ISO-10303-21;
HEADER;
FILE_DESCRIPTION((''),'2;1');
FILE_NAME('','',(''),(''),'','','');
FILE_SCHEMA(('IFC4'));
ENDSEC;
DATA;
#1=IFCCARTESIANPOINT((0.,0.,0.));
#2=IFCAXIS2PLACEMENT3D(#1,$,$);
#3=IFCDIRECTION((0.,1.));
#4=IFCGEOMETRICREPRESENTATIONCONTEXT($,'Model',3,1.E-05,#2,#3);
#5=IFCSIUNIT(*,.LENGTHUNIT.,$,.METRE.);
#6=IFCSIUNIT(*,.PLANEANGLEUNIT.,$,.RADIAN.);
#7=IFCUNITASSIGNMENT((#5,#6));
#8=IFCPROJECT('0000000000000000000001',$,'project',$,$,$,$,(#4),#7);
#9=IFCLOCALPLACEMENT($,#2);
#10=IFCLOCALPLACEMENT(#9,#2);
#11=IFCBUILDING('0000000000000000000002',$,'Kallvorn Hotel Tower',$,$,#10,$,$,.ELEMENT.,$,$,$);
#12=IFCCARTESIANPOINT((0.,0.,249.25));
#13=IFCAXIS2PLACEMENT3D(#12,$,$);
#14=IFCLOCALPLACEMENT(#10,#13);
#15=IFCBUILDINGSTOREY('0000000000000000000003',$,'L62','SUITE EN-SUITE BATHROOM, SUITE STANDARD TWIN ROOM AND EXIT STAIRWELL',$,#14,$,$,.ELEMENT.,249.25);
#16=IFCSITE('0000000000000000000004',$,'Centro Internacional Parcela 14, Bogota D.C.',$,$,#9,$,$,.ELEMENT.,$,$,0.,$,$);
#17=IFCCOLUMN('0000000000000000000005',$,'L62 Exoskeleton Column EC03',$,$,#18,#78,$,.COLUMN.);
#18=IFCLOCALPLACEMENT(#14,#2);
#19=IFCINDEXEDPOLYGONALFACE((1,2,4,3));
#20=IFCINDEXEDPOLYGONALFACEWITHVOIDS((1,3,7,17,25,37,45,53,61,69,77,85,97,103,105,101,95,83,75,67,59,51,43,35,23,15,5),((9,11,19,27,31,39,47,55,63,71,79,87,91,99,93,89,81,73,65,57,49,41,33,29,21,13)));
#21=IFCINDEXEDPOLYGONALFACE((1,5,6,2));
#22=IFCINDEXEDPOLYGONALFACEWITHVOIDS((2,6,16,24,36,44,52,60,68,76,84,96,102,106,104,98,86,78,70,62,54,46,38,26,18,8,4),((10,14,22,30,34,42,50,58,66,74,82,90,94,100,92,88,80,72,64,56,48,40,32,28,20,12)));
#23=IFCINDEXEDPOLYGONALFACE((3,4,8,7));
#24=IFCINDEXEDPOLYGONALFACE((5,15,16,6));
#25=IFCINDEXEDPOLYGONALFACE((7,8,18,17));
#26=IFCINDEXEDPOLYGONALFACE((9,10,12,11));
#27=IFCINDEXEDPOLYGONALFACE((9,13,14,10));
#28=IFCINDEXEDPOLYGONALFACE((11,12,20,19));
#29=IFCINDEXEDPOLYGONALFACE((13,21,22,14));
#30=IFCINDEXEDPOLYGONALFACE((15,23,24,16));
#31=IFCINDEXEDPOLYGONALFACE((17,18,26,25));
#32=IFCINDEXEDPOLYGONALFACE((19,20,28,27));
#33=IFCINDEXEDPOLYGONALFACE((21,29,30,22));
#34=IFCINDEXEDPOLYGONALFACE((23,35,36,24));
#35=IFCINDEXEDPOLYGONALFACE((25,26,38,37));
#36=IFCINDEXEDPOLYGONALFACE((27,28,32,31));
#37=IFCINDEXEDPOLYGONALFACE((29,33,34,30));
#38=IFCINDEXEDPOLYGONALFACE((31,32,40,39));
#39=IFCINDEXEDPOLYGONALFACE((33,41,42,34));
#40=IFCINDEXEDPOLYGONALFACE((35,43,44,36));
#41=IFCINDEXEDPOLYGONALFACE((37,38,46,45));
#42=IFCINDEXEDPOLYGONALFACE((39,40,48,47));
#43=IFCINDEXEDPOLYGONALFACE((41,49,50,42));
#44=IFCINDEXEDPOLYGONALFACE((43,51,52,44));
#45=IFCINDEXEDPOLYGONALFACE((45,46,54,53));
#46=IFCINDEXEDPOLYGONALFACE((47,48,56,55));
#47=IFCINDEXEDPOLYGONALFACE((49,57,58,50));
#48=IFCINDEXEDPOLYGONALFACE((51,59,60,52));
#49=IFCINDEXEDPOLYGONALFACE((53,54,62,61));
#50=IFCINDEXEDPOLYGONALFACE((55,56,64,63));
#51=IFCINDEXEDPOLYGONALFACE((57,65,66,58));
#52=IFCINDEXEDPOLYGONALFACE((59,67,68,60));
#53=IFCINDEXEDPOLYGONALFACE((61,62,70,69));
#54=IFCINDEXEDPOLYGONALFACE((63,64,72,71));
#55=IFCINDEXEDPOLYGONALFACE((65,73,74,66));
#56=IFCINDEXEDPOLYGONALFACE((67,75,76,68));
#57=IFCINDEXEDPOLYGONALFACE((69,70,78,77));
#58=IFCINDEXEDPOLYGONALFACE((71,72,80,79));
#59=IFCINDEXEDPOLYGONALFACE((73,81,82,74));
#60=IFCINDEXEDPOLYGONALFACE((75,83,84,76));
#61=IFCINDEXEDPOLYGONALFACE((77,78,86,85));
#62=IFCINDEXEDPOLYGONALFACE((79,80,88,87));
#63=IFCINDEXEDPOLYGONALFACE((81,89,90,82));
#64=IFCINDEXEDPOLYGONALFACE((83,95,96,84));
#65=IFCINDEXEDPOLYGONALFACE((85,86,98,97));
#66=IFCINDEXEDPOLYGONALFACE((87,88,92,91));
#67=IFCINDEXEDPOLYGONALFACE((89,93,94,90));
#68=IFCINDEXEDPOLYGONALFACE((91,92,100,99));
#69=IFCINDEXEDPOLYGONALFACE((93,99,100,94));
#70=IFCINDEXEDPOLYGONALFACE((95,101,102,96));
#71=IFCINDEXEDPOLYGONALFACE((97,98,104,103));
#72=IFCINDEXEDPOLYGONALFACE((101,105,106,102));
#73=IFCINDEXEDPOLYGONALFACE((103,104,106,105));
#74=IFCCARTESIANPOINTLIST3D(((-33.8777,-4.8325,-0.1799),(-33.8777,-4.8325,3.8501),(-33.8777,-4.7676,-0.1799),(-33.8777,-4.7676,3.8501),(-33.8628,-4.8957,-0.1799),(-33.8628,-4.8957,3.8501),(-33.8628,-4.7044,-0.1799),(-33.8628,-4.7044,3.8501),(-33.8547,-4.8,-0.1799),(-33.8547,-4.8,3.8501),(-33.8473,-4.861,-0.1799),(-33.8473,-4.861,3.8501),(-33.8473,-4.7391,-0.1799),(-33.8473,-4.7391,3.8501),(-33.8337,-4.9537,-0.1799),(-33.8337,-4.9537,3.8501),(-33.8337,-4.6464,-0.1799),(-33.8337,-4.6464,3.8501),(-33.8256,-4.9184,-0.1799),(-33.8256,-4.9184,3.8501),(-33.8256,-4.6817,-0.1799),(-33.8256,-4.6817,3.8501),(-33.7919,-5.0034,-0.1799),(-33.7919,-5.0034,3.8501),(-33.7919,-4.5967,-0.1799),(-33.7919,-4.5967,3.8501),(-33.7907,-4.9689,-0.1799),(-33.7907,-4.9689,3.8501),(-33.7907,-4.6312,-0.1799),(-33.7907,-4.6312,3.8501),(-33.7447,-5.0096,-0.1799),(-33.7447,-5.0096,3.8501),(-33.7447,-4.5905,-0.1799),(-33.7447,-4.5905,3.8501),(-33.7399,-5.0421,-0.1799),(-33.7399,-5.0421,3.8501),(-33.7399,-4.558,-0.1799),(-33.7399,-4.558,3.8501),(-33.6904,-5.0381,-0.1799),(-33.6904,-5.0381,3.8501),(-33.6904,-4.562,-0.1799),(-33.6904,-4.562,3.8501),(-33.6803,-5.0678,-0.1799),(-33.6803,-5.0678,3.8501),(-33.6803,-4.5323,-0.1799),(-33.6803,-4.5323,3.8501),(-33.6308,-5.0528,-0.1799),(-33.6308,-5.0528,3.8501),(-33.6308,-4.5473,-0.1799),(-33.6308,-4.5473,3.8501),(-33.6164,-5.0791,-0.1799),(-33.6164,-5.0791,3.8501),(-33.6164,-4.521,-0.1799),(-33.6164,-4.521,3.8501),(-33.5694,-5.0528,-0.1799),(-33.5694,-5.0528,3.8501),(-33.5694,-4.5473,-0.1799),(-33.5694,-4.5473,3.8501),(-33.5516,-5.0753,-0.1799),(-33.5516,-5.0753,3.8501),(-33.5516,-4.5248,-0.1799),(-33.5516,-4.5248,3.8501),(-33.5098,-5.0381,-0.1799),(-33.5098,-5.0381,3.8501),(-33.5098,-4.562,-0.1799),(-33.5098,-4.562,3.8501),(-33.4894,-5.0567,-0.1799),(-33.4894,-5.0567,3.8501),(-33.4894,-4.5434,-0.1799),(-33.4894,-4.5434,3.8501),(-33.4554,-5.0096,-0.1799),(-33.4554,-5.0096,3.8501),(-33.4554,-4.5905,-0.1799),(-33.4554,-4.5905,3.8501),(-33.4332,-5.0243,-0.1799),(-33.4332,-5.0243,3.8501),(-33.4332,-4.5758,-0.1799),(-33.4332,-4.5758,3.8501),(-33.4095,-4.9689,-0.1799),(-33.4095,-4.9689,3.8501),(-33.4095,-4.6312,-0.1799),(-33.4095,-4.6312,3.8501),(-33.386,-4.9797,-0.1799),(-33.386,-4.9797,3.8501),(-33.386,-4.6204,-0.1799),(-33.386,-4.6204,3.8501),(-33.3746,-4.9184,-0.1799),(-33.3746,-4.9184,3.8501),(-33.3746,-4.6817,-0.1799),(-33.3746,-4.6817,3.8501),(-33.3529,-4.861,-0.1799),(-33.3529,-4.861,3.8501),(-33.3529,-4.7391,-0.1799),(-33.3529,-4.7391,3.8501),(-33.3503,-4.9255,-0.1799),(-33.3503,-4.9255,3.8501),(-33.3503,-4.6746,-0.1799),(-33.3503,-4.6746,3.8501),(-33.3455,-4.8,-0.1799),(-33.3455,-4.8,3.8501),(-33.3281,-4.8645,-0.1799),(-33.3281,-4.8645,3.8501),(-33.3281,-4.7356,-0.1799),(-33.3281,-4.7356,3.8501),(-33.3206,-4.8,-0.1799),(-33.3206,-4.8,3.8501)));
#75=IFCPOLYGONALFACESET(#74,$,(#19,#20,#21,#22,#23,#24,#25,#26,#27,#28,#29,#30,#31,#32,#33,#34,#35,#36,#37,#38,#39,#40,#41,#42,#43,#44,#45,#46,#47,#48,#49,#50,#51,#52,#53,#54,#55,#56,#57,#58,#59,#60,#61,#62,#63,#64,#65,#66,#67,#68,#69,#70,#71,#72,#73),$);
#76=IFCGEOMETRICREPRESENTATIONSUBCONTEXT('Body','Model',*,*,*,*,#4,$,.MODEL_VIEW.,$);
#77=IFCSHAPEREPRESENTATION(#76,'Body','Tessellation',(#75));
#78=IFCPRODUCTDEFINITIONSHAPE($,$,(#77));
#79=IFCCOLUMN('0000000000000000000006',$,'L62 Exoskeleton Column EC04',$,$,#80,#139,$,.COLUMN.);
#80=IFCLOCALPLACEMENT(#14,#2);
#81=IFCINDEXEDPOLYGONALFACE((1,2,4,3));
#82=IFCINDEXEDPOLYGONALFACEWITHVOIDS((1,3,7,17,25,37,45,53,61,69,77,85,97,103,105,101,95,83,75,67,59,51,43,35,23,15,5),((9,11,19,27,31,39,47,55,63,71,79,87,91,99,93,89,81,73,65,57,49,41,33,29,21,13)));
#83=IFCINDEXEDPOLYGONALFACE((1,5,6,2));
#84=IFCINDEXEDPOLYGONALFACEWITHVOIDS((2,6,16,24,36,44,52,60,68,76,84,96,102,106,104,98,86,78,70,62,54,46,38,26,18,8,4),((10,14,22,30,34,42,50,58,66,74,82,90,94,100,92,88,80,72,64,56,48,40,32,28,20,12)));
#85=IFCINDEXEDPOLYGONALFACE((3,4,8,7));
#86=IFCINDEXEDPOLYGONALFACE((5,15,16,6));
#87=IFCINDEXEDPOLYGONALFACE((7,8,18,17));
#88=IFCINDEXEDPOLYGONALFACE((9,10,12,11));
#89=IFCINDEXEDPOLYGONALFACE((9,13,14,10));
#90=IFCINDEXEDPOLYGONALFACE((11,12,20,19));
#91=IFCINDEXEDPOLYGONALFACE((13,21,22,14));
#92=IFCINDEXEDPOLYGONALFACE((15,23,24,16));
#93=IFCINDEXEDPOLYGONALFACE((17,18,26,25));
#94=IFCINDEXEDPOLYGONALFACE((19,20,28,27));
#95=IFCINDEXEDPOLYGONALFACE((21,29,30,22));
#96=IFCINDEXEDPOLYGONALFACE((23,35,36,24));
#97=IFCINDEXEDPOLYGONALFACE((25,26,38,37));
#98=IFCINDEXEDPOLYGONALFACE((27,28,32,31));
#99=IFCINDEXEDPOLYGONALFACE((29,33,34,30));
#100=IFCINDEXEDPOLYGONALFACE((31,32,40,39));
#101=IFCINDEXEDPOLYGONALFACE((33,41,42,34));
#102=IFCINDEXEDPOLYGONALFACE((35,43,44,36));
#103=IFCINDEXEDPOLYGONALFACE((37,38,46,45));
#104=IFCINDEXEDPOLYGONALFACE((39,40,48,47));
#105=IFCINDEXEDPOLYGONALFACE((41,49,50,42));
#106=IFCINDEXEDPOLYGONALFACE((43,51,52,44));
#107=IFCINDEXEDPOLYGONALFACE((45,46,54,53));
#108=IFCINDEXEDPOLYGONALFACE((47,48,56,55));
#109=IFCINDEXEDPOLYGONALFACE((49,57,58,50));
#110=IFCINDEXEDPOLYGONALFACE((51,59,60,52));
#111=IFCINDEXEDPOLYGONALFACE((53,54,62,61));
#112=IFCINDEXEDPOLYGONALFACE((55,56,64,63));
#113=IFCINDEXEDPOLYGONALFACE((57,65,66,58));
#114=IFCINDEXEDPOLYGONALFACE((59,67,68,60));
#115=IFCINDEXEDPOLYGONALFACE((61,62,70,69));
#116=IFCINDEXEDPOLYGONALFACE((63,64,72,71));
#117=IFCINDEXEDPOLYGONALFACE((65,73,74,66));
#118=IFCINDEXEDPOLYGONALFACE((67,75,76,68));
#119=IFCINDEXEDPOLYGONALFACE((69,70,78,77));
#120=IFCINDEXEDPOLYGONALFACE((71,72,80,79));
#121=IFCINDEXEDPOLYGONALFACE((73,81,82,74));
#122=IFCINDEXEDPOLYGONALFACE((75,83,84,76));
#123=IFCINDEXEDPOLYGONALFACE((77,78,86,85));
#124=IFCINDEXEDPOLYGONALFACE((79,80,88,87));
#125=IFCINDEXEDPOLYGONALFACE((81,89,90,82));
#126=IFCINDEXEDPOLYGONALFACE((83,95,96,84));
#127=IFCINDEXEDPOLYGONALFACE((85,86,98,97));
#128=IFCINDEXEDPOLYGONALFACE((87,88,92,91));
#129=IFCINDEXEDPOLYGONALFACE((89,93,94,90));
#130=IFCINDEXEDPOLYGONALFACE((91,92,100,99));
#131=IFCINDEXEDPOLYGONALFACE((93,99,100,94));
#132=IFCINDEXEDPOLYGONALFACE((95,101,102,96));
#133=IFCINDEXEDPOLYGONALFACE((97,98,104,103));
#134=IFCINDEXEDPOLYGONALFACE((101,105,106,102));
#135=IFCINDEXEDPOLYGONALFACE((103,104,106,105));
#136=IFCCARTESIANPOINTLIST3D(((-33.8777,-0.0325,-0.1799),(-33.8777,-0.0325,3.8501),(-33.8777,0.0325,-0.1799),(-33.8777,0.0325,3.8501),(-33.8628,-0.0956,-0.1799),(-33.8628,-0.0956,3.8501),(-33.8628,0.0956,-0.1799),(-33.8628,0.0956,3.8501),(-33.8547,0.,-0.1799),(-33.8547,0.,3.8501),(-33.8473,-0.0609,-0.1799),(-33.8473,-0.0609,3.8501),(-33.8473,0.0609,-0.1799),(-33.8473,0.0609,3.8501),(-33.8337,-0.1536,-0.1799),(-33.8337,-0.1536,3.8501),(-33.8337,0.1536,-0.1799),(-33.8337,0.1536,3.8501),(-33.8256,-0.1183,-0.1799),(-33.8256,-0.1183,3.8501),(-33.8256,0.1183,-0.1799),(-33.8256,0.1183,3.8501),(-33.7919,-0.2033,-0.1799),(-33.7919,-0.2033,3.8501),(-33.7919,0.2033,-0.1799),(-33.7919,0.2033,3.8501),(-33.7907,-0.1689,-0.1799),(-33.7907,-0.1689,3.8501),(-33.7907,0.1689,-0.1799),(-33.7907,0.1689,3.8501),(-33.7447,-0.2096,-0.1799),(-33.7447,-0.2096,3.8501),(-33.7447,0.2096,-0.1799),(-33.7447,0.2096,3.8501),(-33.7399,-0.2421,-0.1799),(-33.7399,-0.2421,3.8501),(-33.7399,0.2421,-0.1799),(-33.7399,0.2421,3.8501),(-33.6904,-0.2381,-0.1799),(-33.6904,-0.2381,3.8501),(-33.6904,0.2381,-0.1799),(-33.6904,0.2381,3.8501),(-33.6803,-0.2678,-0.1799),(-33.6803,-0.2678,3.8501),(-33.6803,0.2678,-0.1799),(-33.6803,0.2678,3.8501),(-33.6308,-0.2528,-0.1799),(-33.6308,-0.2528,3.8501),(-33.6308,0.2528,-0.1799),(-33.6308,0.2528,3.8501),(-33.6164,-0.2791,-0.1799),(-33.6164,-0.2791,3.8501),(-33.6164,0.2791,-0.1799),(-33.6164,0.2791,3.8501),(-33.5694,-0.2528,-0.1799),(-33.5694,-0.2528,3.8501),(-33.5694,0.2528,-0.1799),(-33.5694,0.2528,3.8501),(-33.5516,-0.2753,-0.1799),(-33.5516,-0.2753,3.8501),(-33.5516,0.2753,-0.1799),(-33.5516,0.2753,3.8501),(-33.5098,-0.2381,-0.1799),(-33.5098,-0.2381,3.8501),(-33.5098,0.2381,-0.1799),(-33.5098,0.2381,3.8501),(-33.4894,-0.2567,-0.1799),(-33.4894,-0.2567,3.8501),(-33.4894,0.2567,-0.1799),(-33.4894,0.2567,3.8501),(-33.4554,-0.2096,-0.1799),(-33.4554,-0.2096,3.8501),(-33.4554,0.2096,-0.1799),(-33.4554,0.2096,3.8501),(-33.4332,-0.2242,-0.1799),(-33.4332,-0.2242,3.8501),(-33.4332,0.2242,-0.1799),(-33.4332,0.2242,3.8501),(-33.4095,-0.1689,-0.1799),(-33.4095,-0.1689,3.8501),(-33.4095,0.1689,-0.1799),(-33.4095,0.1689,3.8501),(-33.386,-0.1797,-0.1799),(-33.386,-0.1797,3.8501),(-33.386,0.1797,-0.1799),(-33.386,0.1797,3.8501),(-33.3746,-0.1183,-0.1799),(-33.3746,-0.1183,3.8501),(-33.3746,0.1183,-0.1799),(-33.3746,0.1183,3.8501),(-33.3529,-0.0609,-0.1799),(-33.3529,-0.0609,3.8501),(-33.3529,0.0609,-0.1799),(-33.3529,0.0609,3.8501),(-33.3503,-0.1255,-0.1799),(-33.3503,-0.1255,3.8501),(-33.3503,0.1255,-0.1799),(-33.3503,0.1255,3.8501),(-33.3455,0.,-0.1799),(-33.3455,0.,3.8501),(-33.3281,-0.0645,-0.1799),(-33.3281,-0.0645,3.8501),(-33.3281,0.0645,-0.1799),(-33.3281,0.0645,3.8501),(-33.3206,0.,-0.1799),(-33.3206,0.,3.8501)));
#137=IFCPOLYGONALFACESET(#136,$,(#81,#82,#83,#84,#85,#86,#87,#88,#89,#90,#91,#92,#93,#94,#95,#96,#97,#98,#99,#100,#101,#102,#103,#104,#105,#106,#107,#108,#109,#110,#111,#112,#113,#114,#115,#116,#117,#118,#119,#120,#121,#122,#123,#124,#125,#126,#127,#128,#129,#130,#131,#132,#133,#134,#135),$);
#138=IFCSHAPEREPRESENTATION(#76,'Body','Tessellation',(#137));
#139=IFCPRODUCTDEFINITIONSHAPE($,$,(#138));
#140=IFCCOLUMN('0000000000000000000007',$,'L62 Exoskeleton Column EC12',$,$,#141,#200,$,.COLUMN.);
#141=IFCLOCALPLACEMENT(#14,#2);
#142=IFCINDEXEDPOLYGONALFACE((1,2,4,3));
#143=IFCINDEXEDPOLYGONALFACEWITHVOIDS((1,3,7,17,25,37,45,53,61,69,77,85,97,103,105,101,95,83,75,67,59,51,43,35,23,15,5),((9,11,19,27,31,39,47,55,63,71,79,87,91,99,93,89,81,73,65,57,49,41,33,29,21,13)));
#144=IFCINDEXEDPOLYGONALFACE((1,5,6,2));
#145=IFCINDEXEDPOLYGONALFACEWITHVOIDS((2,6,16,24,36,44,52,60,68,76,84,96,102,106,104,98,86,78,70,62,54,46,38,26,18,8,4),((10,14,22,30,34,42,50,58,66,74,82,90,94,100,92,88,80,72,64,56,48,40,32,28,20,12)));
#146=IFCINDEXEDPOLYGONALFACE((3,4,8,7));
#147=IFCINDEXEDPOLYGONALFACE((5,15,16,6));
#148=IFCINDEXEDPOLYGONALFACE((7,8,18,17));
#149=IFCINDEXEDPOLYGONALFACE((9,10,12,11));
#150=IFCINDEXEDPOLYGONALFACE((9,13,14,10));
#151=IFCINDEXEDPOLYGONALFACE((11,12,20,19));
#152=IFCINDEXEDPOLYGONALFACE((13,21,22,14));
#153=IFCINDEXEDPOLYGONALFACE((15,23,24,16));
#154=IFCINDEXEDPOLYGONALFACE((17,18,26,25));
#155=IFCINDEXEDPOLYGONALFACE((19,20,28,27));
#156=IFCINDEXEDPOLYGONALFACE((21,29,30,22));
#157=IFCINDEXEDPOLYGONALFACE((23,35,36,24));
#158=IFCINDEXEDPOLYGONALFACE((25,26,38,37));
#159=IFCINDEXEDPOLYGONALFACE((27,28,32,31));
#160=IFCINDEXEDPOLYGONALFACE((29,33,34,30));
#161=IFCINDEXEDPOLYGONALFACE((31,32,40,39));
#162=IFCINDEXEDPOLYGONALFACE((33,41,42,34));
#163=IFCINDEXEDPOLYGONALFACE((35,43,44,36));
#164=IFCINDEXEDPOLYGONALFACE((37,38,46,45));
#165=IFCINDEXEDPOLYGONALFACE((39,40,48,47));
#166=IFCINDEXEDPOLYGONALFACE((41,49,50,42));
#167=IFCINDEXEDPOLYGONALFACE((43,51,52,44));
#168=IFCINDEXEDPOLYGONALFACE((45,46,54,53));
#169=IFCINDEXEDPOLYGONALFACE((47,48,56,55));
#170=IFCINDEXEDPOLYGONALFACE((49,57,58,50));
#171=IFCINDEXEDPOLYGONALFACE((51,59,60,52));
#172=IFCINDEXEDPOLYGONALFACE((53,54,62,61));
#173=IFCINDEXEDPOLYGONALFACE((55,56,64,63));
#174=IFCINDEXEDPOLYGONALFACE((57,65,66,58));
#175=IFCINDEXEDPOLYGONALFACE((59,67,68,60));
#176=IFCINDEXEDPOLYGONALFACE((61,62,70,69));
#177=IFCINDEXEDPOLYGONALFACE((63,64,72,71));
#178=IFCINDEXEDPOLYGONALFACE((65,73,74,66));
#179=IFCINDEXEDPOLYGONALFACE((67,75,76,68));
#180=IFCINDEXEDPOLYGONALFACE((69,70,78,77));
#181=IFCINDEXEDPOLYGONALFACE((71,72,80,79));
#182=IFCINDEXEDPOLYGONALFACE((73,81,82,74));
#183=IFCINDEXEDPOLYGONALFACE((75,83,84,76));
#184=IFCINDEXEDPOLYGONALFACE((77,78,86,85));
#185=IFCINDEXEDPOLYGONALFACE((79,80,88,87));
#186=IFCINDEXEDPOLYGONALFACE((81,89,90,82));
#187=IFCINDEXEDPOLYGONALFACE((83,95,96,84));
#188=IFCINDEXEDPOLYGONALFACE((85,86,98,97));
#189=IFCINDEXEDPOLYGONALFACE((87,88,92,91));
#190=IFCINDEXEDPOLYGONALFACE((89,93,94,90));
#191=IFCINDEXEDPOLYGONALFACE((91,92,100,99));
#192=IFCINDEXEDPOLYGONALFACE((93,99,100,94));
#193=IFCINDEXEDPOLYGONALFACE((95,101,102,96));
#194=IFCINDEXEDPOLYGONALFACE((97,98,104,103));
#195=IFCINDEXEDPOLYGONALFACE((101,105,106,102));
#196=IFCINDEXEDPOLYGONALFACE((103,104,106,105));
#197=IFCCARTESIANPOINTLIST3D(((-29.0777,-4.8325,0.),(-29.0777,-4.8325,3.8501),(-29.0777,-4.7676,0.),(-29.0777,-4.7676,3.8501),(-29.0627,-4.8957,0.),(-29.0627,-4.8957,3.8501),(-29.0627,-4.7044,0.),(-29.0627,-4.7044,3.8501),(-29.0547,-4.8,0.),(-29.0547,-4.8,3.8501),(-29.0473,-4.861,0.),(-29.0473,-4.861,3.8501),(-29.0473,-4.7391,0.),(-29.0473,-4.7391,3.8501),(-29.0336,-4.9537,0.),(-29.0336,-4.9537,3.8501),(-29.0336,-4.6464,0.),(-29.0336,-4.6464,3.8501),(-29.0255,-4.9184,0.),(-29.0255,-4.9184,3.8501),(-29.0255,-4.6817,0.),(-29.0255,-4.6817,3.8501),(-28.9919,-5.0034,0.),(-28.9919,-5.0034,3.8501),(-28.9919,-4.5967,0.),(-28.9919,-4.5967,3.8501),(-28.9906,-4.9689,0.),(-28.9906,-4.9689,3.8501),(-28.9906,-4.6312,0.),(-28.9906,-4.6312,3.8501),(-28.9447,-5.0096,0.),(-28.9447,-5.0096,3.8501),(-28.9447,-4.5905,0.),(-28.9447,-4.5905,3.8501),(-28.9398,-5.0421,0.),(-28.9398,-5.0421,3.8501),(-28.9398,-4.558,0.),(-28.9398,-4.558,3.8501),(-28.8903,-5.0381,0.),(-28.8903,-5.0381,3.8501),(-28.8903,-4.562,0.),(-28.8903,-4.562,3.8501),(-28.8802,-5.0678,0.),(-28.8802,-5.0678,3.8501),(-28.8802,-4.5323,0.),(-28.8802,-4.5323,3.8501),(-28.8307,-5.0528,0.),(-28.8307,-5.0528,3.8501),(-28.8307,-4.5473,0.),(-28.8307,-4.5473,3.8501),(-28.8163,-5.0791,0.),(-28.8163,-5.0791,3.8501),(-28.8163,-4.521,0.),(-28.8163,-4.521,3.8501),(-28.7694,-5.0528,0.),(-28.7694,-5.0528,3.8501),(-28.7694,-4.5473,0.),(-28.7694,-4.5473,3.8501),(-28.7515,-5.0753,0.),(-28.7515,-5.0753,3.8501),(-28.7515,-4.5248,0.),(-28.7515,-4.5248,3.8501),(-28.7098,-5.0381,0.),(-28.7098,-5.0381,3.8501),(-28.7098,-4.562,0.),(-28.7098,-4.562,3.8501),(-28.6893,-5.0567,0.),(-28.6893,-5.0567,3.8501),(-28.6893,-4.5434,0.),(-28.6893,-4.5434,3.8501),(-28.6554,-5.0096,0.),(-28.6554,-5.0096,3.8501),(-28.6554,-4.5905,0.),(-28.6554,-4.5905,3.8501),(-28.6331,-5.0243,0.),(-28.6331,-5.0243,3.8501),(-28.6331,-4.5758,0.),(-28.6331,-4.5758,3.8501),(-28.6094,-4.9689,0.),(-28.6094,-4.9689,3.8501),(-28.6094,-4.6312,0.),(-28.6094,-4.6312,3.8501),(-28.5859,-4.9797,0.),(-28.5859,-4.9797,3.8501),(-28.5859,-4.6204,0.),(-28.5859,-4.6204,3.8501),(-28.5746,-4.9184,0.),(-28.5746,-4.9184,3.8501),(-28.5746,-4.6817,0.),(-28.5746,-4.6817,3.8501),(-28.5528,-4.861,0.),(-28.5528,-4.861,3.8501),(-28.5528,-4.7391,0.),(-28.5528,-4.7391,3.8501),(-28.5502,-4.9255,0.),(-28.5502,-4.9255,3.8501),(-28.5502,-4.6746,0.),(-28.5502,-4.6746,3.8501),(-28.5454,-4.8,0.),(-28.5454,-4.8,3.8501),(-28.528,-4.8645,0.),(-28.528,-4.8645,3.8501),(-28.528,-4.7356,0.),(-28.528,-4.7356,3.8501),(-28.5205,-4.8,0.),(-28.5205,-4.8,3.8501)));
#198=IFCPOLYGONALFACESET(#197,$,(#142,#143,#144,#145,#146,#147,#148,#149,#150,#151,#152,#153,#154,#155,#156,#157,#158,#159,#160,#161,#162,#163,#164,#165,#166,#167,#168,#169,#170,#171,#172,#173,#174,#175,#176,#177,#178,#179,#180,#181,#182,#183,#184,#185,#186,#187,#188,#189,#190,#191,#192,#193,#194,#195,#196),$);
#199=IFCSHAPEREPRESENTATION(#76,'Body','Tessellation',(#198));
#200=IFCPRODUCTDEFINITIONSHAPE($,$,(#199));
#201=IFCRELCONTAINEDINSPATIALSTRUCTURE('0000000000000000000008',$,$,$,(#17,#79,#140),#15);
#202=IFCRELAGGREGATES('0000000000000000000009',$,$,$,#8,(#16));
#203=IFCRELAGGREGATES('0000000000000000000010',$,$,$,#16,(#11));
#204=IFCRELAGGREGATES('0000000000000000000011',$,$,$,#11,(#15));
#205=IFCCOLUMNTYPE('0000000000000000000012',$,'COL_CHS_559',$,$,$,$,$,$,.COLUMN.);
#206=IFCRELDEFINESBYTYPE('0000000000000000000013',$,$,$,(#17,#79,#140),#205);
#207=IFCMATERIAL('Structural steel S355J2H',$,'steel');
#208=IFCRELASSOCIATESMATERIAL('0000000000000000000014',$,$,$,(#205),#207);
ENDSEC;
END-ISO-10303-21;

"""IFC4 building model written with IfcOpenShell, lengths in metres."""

from ifc_helpers import new_model, si_unit, direction, frame, origin, origin_2d, place, context, subcontext, project, spatial, hollow_circle, extrude, material, material_profile, profile_set, type_object, element, save


model = new_model("IFC4")

# Units and contexts
model_context = context("Model", 3, precision=1e-05, world=origin(), true_north=direction((0.0, 1.0)))
body_context = subcontext(model_context, "Body", "Model", "MODEL_VIEW")
ifc_project = project(units=[si_unit("LENGTHUNIT", "METRE"), si_unit("PLANEANGLEUNIT", "RADIAN")], contexts=[model_context])

# Site, building, storey
site_placement = place(None, origin())
site = spatial("IfcSite", under=ifc_project, at=site_placement, Name="Centro Internacional Parcela 14, Bogota D.C.", CompositionType="ELEMENT", RefElevation=0.0)
building_placement = place(site_placement, origin())
building = spatial("IfcBuilding", under=site, at=building_placement, Name="Kallvorn Hotel Tower", CompositionType="ELEMENT")
storey_placement = place(building_placement, frame((0.0, 0.0, 249.25)))
storey = spatial("IfcBuildingStorey", under=building, at=storey_placement, Name="L62", Description="SUITE EN-SUITE BATHROOM, SUITE STANDARD TWIN ROOM AND EXIT STAIRWELL", CompositionType="ELEMENT", Elevation=249.25)

# Columns
ifc_material_1 = material(Name="Structural steel S355J2H", Category="steel")
ifc_material_profile_1 = material_profile(ifc_material_1, hollow_circle(Radius=0.2795, WallThickness=0.0249, at=origin_2d()), Name="CHS 559x25")
ifc_profile_set_1 = profile_set([ifc_material_profile_1], Name="Structural steel S355J2H")
column_type_1 = type_object("IfcColumnType", Name="COL_CHS_559", PredefinedType="COLUMN", material=ifc_profile_set_1)
for number, where, z_axis, x_axis, name in (
    (1, (-33.6001, -4.8, -0.1799), (0.0, 0.0, 1.0), (1.0, 0.0, 0.0), "L62 Exoskeleton Column EC03"),
    (2, (-33.6001, 0.0, -0.1799), (0.0, 0.0, 1.0), (1.0, 0.0, 0.0), "L62 Exoskeleton Column EC04"),
):
    element("IfcColumn", number, at=place(storey_placement, frame(where, z_axis=z_axis, x_axis=x_axis)), inside=storey, type_object=column_type_1, Name=name, PredefinedType="COLUMN", context=body_context, shape_type="SweptSolid", body=[
        extrude(hollow_circle(Radius=0.2795, WallThickness=0.0249, at=origin_2d()), origin(), (0.0, 0.0, 1.0), 4.03),
    ])
for number, where, z_axis, x_axis, name in (
    (3, (-28.8, -4.8, 0.0), (0.0, 0.0, 1.0), (1.0, 0.0, 0.0), "L62 Exoskeleton Column EC12"),
):
    element("IfcColumn", number, at=place(storey_placement, frame(where, z_axis=z_axis, x_axis=x_axis)), inside=storey, type_object=column_type_1, Name=name, PredefinedType="COLUMN", context=body_context, shape_type="SweptSolid", body=[
        extrude(hollow_circle(Radius=0.2795, WallThickness=0.0249, at=origin_2d()), origin(), (0.0, 0.0, 1.0), 3.8501),
    ])

save(model, "model.ifc")
